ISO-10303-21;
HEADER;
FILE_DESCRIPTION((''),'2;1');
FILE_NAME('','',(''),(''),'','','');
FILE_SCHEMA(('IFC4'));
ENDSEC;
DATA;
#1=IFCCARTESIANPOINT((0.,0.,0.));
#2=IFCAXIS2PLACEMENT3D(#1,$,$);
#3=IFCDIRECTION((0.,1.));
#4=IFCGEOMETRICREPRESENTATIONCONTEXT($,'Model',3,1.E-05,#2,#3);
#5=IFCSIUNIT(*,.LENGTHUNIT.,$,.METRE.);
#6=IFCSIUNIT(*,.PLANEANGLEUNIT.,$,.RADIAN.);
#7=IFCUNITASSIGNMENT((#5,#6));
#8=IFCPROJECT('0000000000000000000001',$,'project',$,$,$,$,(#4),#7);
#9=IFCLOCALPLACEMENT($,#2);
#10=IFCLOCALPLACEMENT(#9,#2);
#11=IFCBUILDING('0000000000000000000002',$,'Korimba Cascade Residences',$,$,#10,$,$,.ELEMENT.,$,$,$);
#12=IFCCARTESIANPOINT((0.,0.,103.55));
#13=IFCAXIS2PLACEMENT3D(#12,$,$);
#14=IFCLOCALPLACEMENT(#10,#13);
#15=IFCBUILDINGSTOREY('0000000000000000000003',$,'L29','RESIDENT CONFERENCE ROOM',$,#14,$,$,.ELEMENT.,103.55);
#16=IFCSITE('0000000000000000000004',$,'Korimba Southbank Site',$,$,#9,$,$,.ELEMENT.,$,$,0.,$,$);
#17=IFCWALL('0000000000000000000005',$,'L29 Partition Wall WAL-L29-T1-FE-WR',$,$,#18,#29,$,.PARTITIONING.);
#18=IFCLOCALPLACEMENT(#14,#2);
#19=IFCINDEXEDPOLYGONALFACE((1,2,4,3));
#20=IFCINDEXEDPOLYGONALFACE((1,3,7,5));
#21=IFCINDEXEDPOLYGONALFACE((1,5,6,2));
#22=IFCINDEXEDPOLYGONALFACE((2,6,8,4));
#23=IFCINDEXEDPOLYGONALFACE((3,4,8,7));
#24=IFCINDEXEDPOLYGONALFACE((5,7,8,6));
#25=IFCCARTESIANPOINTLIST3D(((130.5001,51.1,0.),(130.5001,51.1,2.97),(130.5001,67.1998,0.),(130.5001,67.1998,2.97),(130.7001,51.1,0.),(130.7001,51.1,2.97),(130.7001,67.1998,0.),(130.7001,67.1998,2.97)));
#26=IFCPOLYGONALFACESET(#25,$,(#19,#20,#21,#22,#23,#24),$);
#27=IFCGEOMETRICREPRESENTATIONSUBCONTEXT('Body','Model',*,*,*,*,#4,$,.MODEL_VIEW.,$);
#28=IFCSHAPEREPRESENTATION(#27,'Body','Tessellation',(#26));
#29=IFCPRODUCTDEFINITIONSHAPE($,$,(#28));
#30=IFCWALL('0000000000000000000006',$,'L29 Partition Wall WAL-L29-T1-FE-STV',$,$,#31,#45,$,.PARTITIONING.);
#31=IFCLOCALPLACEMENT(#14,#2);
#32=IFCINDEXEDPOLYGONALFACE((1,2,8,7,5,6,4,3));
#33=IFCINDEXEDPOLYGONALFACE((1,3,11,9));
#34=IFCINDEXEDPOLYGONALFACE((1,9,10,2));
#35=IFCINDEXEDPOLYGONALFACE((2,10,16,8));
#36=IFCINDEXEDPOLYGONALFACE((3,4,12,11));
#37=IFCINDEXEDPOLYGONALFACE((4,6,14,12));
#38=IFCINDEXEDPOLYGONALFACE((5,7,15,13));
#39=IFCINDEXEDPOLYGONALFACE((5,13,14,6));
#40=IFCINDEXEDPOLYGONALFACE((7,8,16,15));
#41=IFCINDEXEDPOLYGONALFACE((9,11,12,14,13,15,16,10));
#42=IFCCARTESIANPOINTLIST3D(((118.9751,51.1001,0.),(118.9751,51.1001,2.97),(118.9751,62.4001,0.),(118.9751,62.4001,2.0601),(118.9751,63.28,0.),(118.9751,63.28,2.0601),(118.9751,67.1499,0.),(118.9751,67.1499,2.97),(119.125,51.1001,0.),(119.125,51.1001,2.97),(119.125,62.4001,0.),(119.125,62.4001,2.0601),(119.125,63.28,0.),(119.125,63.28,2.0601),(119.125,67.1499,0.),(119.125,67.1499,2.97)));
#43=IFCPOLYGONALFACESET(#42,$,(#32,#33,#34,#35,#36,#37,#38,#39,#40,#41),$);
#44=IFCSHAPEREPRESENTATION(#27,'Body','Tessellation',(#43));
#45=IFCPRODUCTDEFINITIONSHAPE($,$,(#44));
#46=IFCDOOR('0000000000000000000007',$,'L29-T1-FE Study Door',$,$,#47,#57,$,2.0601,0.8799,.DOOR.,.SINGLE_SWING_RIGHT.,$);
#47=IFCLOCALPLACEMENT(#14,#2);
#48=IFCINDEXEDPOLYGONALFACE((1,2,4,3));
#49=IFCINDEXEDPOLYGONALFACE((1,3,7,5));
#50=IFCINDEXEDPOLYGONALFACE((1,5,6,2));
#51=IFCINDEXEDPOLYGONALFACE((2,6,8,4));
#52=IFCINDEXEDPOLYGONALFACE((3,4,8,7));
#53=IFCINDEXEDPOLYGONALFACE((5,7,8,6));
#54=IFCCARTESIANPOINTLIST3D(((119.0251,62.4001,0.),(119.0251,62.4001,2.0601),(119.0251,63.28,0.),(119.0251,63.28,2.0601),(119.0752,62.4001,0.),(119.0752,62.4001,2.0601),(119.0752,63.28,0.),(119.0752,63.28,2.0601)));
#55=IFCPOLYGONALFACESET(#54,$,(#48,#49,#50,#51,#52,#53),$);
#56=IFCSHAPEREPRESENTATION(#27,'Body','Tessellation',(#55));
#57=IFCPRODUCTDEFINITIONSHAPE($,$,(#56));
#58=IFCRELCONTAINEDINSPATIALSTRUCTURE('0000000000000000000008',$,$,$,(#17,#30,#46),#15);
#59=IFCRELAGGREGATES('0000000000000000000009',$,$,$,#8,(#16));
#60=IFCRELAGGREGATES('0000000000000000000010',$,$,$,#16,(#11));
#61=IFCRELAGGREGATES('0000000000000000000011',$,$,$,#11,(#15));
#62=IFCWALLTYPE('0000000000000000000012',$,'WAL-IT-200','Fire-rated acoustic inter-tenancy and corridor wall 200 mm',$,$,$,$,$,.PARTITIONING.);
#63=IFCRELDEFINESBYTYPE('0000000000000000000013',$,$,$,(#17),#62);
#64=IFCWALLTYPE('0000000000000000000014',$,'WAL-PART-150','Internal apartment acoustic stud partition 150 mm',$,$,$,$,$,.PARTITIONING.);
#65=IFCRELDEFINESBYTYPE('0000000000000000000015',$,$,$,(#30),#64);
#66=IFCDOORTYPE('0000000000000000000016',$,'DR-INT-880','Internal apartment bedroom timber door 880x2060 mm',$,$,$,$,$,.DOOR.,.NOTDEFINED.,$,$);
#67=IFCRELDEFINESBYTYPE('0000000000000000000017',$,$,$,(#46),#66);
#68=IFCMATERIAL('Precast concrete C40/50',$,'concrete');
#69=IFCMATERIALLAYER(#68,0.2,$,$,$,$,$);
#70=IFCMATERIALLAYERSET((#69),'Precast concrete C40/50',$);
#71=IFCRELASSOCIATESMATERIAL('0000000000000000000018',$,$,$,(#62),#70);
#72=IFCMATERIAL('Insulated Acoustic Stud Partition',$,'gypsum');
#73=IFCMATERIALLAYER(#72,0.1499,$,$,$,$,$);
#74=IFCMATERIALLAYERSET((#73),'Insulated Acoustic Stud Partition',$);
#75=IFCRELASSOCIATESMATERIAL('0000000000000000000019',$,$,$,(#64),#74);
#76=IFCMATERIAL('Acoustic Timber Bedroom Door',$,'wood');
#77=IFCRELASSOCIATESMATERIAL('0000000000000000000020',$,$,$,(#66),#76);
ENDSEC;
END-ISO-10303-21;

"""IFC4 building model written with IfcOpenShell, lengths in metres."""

from ifc_helpers import new_model, si_unit, direction, frame, frame_2d, origin, place, context, subcontext, project, spatial, rectangle, extrude, material, layer, layer_set, type_object, element, fill, save


model = new_model("IFC4")

# Units and contexts
model_context = context("Model", 3, precision=1e-05, world=origin(), true_north=direction((0.0, 1.0)))
body_context = subcontext(model_context, "Body", "Model", "MODEL_VIEW")
ifc_project = project(units=[si_unit("LENGTHUNIT", "METRE"), si_unit("PLANEANGLEUNIT", "RADIAN")], contexts=[model_context])

# Site, building, storey
site_placement = place(None, origin())
site = spatial("IfcSite", under=ifc_project, at=site_placement, Name="Korimba Southbank Site", CompositionType="ELEMENT", RefElevation=0.0)
building_placement = place(site_placement, origin())
building = spatial("IfcBuilding", under=site, at=building_placement, Name="Korimba Cascade Residences", CompositionType="ELEMENT")
storey_placement = place(building_placement, frame((0.0, 0.0, 103.55)))
storey = spatial("IfcBuildingStorey", under=building, at=storey_placement, Name="L29", Description="RESIDENT CONFERENCE ROOM", CompositionType="ELEMENT", Elevation=103.55)

# Shared definitions
ifc_material_1 = material(Name="Precast concrete C40/50", Category="concrete")

# Wall
ifc_layer_1 = layer(ifc_material_1, 0.2)
ifc_layer_set_1 = layer_set([ifc_layer_1], Name="Precast concrete C40/50")
wall_type_1 = type_object("IfcWallType", Name="WAL-IT-200", Description="Fire-rated acoustic inter-tenancy and corridor wall 200 mm", PredefinedType="PARTITIONING", material=ifc_layer_set_1)
wall_1_placement = place(storey_placement, frame((130.6001, 51.1001, 0.0), z_axis=(0.0, 0.0, 1.0), x_axis=(0.0, 1.0, 0.0)))
element("IfcWall", 1, at=wall_1_placement, inside=storey, type_object=wall_type_1, Name="L29 Partition Wall WAL-L29-T1-FE-WR", PredefinedType="PARTITIONING", context=body_context, shape_type="SweptSolid", body=[
    extrude(rectangle(XDim=16.0999, YDim=0.2, at=frame_2d((8.0498, 0.0))), origin(), (0.0, 0.0, 1.0), 2.97),
])

# Wall, opening, door
ifc_material_2 = material(Name="Insulated Acoustic Stud Partition", Category="gypsum")
ifc_layer_2 = layer(ifc_material_2, 0.1499)
ifc_layer_set_2 = layer_set([ifc_layer_2], Name="Insulated Acoustic Stud Partition")
wall_type_2 = type_object("IfcWallType", Name="WAL-PART-150", Description="Internal apartment acoustic stud partition 150 mm", PredefinedType="PARTITIONING", material=ifc_layer_set_2)
wall_2_placement = place(storey_placement, frame((119.05, 51.1001, 0.0), z_axis=(0.0, 0.0, 1.0), x_axis=(0.0, 1.0, 0.0)))
wall_2 = element("IfcWall", 2, at=wall_2_placement, inside=storey, type_object=wall_type_2, Name="L29 Partition Wall WAL-L29-T1-FE-STV", PredefinedType="PARTITIONING", context=body_context, shape_type="SweptSolid", body=[
    extrude(rectangle(XDim=16.0498, YDim=0.1499, at=frame_2d((8.0249, 0.0))), origin(), (0.0, 0.0, 1.0), 2.97),
])
opening_1_placement = place(wall_2_placement, frame((11.3, 0.0, 0.0)))
opening_1 = element("IfcOpeningElement", 3, at=opening_1_placement, cuts=wall_2, PredefinedType="OPENING", context=body_context, shape_type="SweptSolid", body=[
    extrude(rectangle(XDim=0.8799, YDim=2.0601, at=frame_2d((0.4399, 1.03))), frame((0.0, 0.085, 0.0), z_axis=(0.0, -1.0, 0.0), x_axis=(1.0, 0.0, 0.0)), (0.0, 0.0, 1.0), 0.1699),
])
ifc_material_3 = material(Name="Acoustic Timber Bedroom Door", Category="wood")
door_type = type_object("IfcDoorType", Name="DR-INT-880", Description="Internal apartment bedroom timber door 880x2060 mm", OperationType="NOTDEFINED", PredefinedType="DOOR", material=ifc_material_3)
door_placement = place(opening_1_placement, origin())
door = element("IfcDoor", 4, at=door_placement, inside=storey, type_object=door_type, Name="L29-T1-FE Study Door", OperationType="SINGLE_SWING_RIGHT", OverallHeight=2.0601, OverallWidth=0.8799, PredefinedType="DOOR", context=body_context, shape_type="SweptSolid", body=[
    extrude(rectangle(XDim=0.8799, YDim=2.0601, at=frame_2d((0.4399, 1.03))), frame((0.0, 0.0249, 0.0), z_axis=(0.0, -1.0, 0.0), x_axis=(1.0, 0.0, 0.0)), (0.0, 0.0, 1.0), 0.05),
])
fill(opening_1, door)

save(model, "model.ifc")
